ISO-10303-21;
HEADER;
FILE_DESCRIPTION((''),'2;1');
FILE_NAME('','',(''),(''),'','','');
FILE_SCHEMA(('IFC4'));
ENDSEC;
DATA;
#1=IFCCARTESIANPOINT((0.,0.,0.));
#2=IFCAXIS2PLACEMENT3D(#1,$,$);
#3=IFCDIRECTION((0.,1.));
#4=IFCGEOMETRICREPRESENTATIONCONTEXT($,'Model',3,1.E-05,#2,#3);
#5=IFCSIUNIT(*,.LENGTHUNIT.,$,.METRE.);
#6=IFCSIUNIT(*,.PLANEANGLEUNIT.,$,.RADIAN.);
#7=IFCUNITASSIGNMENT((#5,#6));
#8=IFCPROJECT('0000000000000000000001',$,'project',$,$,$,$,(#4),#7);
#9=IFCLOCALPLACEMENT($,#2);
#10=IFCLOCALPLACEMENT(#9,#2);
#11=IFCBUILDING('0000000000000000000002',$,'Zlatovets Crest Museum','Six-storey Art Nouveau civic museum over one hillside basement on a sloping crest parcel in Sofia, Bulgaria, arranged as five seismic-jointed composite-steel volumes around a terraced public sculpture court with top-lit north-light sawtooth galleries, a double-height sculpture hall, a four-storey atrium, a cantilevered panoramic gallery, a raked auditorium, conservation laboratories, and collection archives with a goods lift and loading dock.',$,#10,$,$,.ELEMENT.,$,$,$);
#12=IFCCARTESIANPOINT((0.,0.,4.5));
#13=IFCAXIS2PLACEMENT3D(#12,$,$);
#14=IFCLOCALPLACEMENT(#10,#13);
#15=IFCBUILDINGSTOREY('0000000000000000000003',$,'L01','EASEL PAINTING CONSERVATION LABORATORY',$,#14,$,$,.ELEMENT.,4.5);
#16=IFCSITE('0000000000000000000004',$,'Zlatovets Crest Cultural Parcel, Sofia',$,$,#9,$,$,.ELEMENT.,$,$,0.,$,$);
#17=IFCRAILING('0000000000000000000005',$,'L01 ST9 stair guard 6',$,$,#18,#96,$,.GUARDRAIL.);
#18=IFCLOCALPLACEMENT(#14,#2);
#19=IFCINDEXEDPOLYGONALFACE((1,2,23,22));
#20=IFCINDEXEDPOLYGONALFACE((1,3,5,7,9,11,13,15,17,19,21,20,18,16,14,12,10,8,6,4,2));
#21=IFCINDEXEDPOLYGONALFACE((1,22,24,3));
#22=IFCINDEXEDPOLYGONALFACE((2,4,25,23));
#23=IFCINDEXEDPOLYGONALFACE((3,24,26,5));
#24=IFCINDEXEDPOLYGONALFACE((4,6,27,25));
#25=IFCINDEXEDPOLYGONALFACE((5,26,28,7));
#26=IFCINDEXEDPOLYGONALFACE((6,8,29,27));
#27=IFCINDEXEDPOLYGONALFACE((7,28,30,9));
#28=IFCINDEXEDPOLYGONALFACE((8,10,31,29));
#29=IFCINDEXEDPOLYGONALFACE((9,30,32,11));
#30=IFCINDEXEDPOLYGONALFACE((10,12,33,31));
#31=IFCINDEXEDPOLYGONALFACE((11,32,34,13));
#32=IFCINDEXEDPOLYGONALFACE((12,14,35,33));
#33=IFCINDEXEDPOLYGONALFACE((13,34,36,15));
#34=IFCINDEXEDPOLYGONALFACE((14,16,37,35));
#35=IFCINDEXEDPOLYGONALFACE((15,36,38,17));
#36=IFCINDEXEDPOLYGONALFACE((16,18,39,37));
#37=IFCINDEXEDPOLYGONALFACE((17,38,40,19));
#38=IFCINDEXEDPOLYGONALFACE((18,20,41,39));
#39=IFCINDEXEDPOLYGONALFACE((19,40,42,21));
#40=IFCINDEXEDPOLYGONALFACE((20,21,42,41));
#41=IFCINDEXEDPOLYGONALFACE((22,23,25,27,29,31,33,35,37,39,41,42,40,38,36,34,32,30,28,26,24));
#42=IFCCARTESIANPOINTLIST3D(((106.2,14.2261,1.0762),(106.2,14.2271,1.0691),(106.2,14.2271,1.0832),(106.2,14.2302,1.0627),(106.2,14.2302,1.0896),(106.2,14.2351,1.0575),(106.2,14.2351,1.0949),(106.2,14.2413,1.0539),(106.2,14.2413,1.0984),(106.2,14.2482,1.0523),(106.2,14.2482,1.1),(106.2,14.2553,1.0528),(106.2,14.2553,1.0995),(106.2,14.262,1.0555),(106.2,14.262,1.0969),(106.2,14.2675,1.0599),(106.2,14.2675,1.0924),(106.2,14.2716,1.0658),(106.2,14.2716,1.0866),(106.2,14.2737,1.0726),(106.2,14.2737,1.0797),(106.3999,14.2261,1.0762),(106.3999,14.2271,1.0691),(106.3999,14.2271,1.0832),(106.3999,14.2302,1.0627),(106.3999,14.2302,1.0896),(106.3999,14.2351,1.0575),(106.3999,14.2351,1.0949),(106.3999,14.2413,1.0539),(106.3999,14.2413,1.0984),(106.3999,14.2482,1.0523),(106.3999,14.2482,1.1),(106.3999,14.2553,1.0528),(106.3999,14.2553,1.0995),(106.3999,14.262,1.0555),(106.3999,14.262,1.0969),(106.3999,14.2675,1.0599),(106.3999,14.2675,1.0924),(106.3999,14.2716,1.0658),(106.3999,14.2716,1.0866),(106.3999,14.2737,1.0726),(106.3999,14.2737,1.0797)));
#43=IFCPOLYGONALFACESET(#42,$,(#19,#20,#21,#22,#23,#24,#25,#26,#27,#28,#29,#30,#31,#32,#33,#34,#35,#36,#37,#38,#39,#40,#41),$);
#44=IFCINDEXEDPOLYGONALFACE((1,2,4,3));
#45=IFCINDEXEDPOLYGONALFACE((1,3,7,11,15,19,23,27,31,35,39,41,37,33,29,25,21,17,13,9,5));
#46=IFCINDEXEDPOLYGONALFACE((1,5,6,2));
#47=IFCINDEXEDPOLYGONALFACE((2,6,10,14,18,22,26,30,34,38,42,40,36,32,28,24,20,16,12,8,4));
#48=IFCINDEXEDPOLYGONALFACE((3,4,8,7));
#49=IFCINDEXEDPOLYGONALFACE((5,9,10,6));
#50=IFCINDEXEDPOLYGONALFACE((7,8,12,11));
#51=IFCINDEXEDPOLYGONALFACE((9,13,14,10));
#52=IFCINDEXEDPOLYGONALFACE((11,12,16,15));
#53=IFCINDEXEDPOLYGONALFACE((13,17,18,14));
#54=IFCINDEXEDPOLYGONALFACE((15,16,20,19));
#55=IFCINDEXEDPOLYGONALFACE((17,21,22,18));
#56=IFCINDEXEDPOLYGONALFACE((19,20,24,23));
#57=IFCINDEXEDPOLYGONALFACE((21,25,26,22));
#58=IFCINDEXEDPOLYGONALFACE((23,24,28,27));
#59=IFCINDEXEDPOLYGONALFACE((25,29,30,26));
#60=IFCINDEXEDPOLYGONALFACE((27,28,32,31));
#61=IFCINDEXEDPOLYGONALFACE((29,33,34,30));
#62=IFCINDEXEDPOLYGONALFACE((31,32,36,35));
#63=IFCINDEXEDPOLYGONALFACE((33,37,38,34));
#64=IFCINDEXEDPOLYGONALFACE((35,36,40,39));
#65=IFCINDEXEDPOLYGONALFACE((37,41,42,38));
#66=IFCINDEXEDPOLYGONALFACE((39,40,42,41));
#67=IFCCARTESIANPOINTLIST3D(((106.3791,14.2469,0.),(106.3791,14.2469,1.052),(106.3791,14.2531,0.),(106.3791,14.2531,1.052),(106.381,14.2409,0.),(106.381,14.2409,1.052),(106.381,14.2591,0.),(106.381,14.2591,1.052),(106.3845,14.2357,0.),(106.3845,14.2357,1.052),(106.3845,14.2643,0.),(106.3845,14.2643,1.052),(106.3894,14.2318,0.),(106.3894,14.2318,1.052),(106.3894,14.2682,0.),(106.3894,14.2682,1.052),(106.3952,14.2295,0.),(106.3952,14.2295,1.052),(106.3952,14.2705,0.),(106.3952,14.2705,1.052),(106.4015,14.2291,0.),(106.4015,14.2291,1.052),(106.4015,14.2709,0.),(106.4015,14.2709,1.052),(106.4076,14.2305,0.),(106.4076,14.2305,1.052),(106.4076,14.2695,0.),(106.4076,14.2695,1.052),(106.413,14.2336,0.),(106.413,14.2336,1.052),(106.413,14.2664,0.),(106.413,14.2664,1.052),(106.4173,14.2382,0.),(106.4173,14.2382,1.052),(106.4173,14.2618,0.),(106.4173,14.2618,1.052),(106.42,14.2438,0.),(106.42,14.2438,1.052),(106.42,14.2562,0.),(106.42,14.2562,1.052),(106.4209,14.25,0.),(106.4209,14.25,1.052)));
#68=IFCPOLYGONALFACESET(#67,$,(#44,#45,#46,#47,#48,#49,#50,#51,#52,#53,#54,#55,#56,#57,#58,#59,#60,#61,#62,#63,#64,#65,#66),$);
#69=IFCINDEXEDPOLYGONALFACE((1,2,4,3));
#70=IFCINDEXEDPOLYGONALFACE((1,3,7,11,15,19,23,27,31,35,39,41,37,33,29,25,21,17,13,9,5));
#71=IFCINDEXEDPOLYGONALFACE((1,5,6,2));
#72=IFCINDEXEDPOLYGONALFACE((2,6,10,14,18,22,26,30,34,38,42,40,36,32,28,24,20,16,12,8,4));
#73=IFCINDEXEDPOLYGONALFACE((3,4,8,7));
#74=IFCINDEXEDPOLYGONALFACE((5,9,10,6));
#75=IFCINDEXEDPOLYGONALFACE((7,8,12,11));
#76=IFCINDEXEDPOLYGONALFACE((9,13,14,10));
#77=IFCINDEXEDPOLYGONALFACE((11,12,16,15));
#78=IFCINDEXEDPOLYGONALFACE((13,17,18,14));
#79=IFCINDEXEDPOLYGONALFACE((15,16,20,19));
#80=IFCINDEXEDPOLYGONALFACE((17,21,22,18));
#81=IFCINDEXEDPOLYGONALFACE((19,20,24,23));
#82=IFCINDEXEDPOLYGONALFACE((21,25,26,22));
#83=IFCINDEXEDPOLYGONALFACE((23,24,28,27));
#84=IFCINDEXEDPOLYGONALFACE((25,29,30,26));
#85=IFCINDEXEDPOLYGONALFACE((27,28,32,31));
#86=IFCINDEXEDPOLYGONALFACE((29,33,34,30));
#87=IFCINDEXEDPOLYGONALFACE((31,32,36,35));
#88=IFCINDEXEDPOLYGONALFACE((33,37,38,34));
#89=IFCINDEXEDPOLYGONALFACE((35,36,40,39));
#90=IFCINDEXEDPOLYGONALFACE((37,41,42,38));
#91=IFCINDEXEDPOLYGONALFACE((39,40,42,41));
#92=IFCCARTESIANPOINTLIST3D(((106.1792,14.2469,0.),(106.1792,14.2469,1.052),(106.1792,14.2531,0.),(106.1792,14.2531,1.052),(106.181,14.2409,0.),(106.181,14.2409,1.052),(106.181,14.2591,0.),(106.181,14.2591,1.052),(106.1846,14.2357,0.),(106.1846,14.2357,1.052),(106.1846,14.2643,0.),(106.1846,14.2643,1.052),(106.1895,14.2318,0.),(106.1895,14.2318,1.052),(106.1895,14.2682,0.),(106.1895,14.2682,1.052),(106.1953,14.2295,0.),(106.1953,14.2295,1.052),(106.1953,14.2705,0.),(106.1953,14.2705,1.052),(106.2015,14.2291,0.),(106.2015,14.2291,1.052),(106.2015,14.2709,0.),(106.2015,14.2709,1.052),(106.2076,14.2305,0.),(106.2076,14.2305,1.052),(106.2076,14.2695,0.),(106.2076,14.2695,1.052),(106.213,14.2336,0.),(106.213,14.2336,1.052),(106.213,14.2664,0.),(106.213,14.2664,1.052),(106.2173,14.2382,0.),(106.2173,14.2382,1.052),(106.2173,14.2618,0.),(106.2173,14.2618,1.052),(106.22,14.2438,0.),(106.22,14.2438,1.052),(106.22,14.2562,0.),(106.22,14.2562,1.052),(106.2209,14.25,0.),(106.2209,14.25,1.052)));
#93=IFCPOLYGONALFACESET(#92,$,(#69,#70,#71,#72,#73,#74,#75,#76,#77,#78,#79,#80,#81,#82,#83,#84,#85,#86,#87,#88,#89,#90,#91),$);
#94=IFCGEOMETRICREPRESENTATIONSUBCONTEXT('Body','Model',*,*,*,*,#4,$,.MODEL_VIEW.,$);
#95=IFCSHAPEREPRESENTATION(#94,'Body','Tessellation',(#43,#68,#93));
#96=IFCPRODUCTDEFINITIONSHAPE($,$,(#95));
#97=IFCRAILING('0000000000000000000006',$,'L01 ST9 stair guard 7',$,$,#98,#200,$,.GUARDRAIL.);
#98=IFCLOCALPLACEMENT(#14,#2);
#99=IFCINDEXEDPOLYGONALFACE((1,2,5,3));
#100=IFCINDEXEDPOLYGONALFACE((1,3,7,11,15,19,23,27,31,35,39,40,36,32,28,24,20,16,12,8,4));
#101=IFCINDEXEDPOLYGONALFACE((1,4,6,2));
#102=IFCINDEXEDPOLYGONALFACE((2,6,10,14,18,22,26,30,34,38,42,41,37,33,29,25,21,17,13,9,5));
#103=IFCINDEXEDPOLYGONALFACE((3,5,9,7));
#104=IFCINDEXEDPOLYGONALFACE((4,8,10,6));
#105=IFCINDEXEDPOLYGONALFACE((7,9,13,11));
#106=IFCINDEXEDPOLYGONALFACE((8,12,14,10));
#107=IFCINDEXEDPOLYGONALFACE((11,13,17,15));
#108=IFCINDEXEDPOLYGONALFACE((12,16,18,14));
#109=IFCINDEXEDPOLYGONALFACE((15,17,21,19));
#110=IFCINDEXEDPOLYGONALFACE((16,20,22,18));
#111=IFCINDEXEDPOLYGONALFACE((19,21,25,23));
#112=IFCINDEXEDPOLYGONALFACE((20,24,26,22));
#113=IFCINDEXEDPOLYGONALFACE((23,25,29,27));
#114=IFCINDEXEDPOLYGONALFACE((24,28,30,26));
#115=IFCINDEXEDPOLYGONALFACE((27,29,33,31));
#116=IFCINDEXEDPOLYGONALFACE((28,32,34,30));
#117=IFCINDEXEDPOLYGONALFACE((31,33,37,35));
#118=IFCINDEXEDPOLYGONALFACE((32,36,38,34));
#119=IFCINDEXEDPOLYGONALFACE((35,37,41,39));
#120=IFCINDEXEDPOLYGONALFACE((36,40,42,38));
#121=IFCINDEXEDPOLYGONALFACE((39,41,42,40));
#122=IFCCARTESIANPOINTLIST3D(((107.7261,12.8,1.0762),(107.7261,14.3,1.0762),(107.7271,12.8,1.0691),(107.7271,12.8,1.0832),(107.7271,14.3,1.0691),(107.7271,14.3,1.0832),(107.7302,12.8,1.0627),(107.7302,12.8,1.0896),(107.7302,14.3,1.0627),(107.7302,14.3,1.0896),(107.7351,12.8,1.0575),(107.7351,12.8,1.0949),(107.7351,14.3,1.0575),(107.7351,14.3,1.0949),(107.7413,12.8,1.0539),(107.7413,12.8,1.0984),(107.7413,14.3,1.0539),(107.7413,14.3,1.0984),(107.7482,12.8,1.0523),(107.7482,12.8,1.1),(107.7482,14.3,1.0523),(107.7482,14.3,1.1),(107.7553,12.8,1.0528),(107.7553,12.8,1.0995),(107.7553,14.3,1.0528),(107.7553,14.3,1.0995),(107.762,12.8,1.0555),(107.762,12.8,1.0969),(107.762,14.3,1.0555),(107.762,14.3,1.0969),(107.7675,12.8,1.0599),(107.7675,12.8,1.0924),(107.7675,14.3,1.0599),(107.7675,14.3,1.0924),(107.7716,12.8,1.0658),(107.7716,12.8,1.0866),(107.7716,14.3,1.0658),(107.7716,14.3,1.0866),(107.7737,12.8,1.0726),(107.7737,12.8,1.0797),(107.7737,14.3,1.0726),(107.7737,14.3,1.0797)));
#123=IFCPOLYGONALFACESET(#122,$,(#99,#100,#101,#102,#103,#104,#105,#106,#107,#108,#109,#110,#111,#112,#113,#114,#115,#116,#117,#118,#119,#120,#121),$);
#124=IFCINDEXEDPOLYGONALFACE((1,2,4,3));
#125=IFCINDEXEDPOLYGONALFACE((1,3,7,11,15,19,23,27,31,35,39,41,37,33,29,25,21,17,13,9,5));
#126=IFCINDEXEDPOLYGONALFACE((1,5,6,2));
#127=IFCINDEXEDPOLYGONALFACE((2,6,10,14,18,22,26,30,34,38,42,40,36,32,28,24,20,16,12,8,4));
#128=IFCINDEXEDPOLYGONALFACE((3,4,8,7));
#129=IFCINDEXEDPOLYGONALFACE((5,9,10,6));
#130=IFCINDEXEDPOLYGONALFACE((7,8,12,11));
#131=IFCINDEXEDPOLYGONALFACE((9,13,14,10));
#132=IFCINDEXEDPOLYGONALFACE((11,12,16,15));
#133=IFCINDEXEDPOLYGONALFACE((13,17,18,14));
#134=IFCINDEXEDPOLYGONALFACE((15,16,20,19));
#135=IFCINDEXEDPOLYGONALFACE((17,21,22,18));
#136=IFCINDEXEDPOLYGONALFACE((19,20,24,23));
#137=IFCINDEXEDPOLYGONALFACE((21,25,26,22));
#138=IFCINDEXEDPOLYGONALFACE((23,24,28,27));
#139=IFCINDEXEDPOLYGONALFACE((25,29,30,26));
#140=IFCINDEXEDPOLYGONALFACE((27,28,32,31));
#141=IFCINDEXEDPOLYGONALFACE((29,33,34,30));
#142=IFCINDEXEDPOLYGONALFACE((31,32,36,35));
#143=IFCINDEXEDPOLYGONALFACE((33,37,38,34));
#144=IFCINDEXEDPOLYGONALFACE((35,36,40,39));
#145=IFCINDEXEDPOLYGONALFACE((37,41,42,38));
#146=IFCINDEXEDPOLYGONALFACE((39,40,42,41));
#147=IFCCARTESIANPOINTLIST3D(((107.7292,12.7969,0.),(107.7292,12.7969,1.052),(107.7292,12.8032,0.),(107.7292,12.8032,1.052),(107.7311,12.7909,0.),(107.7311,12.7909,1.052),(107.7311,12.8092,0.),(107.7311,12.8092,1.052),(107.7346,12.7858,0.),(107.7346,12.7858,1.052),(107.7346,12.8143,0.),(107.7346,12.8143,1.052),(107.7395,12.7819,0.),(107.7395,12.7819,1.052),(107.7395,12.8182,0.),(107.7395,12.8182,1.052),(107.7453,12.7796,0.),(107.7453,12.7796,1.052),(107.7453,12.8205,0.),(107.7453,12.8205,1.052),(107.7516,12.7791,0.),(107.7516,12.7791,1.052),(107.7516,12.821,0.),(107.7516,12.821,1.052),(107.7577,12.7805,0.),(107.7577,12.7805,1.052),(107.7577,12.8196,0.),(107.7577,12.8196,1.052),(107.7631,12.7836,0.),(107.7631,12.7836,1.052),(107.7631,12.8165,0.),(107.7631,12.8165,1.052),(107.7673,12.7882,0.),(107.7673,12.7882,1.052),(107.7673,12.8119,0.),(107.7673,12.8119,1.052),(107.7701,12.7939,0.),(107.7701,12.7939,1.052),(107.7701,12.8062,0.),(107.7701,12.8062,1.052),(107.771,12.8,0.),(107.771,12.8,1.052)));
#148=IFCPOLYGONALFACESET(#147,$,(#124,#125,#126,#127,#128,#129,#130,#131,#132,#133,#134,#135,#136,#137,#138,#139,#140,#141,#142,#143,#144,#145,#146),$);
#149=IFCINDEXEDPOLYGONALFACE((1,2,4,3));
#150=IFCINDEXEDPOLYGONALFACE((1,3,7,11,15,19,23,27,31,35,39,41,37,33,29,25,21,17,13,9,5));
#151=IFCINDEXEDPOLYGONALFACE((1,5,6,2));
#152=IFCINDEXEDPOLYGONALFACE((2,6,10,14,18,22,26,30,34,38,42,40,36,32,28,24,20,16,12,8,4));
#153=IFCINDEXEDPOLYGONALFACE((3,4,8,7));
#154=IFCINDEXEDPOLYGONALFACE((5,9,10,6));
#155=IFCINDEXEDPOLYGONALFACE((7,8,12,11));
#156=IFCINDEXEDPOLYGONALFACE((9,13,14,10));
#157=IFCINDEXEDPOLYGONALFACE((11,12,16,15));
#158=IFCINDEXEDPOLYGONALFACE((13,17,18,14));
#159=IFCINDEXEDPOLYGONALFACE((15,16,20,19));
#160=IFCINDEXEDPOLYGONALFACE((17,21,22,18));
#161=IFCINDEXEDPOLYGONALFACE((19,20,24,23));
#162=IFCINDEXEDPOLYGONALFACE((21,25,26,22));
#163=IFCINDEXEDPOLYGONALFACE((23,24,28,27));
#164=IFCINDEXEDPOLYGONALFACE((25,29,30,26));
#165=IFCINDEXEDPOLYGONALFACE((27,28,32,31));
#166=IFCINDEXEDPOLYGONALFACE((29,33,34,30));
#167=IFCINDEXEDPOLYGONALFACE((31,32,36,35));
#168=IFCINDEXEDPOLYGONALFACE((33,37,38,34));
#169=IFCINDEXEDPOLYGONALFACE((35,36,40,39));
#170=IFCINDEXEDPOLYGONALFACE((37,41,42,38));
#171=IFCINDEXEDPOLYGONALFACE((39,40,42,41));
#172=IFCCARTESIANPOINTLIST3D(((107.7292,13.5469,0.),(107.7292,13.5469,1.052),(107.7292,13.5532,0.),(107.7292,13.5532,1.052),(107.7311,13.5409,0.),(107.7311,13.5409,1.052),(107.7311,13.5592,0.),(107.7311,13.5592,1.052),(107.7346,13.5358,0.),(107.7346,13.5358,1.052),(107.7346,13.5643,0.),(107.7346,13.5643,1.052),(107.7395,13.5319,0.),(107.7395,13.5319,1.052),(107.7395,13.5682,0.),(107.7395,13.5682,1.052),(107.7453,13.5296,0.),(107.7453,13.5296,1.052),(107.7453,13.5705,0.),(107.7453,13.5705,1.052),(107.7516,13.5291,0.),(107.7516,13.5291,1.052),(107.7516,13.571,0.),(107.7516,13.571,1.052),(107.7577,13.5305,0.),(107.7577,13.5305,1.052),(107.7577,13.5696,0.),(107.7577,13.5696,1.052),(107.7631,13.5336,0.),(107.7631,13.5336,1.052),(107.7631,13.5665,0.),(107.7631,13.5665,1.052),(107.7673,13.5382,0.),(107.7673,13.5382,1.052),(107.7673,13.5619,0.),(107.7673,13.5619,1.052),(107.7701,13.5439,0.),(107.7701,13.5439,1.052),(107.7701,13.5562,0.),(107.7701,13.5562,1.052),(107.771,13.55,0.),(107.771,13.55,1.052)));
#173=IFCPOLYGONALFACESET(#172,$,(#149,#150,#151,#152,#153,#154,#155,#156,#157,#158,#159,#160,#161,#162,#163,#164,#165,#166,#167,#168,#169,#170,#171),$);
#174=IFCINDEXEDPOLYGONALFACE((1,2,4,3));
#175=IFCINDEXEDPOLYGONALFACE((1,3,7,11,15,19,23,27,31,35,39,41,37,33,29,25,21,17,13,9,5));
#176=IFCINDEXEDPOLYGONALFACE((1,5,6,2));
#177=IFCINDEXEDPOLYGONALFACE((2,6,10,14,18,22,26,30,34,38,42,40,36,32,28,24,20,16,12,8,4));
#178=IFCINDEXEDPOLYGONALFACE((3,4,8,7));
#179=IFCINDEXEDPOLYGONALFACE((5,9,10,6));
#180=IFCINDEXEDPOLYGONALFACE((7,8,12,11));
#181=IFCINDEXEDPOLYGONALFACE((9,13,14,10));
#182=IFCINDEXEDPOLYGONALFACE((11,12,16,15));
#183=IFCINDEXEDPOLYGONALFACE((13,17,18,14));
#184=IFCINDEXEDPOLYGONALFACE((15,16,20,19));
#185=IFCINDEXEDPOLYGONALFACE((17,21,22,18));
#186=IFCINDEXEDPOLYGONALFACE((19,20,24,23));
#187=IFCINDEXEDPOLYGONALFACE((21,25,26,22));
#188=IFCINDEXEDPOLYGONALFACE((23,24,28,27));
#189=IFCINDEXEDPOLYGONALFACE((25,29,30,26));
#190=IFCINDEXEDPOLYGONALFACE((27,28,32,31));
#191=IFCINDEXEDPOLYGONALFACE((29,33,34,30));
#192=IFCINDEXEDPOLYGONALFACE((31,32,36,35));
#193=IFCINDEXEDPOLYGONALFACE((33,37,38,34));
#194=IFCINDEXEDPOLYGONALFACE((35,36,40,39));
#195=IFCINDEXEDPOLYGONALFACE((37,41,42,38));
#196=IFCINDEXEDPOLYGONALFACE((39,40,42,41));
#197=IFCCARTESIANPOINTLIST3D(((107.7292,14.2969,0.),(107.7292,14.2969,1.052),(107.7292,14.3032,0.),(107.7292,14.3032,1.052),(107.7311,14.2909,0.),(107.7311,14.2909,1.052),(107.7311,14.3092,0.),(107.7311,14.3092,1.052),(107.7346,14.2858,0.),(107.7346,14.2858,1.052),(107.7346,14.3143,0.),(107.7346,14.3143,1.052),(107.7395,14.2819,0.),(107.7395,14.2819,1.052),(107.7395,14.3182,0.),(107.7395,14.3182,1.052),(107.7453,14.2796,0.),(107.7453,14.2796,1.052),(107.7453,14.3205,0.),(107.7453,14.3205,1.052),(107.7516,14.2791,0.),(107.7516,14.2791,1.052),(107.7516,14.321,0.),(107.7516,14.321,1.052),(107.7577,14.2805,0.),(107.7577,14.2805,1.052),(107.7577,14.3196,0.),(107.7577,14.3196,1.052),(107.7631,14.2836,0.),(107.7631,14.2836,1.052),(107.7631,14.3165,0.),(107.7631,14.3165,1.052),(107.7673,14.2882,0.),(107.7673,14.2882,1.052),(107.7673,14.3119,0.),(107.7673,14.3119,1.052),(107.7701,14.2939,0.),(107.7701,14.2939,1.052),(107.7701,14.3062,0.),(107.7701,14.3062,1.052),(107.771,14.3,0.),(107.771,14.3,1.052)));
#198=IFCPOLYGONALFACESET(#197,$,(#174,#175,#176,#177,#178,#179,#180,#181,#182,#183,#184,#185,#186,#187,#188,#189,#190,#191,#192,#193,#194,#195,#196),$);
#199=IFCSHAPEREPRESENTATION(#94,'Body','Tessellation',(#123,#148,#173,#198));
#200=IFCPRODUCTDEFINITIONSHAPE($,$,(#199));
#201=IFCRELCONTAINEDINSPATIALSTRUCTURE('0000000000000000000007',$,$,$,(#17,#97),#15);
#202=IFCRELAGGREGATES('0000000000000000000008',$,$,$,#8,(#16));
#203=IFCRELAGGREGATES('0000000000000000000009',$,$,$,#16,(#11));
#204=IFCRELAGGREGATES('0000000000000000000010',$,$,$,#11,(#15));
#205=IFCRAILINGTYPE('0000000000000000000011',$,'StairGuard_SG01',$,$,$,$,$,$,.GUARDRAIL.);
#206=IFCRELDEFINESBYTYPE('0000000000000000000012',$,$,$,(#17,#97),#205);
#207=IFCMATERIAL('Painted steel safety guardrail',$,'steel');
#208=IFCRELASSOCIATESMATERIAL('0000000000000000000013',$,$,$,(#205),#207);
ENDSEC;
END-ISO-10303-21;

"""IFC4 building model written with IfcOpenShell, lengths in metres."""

from ifc_helpers import new_model, si_unit, direction, frame, origin, origin_2d, place, context, subcontext, project, spatial, circle, extrude, material, type_object, element, save


model = new_model("IFC4")

# Units and contexts
model_context = context("Model", 3, precision=1e-05, world=origin(), true_north=direction((0.0, 1.0)))
body_context = subcontext(model_context, "Body", "Model", "MODEL_VIEW")
ifc_project = project(units=[si_unit("LENGTHUNIT", "METRE"), si_unit("PLANEANGLEUNIT", "RADIAN")], contexts=[model_context])

# Site, building, storey
site_placement = place(None, origin())
site = spatial("IfcSite", under=ifc_project, at=site_placement, Name="Zlatovets Crest Cultural Parcel, Sofia", CompositionType="ELEMENT", RefElevation=0.0)
building_placement = place(site_placement, origin())
building = spatial("IfcBuilding", under=site, at=building_placement, Name="Zlatovets Crest Museum", Description="Six-storey Art Nouveau civic museum over one hillside basement on a sloping crest parcel in Sofia, Bulgaria, arranged as five seismic-jointed composite-steel volumes around a terraced public sculpture court with top-lit north-light sawtooth galleries, a double-height sculpture hall, a four-storey atrium, a cantilevered panoramic gallery, a raked auditorium, conservation laboratories, and collection archives with a goods lift and loading dock.", CompositionType="ELEMENT")
storey_placement = place(building_placement, frame((0.0, 0.0, 4.5)))
storey = spatial("IfcBuildingStorey", under=building, at=storey_placement, Name="L01", Description="EASEL PAINTING CONSERVATION LABORATORY", CompositionType="ELEMENT", Elevation=4.5)

# Railings
ifc_material_1 = material(Name="Painted steel safety guardrail", Category="steel")
railing_type_1 = type_object("IfcRailingType", Name="StairGuard_SG01", PredefinedType="GUARDRAIL", material=ifc_material_1)
railing_1_placement = place(storey_placement, frame((106.3999, 14.25, 0.0)))
element("IfcRailing", 1, at=railing_1_placement, inside=storey, type_object=railing_type_1, Name="L01 ST9 stair guard 6", PredefinedType="GUARDRAIL", context=body_context, shape_type="SweptSolid", body=[
    extrude(circle(Radius=0.0239, at=origin_2d()), frame((0.0, 0.0, 1.0762), z_axis=(-1.0, 0.0, 0.0), x_axis=(0.0, -1.0, 0.0)), (0.0, 0.0, 1.0), 0.2),
    extrude(circle(Radius=0.021, at=origin_2d()), origin(), (0.0, 0.0, 1.0), 1.052),
    extrude(circle(Radius=0.021, at=origin_2d()), frame((-0.2, 0.0, 0.0)), (0.0, 0.0, 1.0), 1.052),
])
for number, where, name in (
    (2, (107.75, 12.8, 0.0), "L01 ST9 stair guard 7"),
):
    element("IfcRailing", number, at=place(storey_placement, frame(where)), inside=storey, type_object=railing_type_1, Name=name, PredefinedType="GUARDRAIL", context=body_context, shape_type="SweptSolid", body=[
        extrude(circle(Radius=0.0239, at=origin_2d()), frame((0.0, 0.0, 1.0762), z_axis=(0.0, 1.0, 0.0), x_axis=(-1.0, 0.0, 0.0)), (0.0, 0.0, 1.0), 1.5),
        extrude(circle(Radius=0.021, at=origin_2d()), origin(), (0.0, 0.0, 1.0), 1.052),
        extrude(circle(Radius=0.021, at=origin_2d()), frame((0.0, 0.75, 0.0)), (0.0, 0.0, 1.0), 1.052),
        extrude(circle(Radius=0.021, at=origin_2d()), frame((0.0, 1.5, 0.0)), (0.0, 0.0, 1.0), 1.052),
    ])

save(model, "model.ifc")
